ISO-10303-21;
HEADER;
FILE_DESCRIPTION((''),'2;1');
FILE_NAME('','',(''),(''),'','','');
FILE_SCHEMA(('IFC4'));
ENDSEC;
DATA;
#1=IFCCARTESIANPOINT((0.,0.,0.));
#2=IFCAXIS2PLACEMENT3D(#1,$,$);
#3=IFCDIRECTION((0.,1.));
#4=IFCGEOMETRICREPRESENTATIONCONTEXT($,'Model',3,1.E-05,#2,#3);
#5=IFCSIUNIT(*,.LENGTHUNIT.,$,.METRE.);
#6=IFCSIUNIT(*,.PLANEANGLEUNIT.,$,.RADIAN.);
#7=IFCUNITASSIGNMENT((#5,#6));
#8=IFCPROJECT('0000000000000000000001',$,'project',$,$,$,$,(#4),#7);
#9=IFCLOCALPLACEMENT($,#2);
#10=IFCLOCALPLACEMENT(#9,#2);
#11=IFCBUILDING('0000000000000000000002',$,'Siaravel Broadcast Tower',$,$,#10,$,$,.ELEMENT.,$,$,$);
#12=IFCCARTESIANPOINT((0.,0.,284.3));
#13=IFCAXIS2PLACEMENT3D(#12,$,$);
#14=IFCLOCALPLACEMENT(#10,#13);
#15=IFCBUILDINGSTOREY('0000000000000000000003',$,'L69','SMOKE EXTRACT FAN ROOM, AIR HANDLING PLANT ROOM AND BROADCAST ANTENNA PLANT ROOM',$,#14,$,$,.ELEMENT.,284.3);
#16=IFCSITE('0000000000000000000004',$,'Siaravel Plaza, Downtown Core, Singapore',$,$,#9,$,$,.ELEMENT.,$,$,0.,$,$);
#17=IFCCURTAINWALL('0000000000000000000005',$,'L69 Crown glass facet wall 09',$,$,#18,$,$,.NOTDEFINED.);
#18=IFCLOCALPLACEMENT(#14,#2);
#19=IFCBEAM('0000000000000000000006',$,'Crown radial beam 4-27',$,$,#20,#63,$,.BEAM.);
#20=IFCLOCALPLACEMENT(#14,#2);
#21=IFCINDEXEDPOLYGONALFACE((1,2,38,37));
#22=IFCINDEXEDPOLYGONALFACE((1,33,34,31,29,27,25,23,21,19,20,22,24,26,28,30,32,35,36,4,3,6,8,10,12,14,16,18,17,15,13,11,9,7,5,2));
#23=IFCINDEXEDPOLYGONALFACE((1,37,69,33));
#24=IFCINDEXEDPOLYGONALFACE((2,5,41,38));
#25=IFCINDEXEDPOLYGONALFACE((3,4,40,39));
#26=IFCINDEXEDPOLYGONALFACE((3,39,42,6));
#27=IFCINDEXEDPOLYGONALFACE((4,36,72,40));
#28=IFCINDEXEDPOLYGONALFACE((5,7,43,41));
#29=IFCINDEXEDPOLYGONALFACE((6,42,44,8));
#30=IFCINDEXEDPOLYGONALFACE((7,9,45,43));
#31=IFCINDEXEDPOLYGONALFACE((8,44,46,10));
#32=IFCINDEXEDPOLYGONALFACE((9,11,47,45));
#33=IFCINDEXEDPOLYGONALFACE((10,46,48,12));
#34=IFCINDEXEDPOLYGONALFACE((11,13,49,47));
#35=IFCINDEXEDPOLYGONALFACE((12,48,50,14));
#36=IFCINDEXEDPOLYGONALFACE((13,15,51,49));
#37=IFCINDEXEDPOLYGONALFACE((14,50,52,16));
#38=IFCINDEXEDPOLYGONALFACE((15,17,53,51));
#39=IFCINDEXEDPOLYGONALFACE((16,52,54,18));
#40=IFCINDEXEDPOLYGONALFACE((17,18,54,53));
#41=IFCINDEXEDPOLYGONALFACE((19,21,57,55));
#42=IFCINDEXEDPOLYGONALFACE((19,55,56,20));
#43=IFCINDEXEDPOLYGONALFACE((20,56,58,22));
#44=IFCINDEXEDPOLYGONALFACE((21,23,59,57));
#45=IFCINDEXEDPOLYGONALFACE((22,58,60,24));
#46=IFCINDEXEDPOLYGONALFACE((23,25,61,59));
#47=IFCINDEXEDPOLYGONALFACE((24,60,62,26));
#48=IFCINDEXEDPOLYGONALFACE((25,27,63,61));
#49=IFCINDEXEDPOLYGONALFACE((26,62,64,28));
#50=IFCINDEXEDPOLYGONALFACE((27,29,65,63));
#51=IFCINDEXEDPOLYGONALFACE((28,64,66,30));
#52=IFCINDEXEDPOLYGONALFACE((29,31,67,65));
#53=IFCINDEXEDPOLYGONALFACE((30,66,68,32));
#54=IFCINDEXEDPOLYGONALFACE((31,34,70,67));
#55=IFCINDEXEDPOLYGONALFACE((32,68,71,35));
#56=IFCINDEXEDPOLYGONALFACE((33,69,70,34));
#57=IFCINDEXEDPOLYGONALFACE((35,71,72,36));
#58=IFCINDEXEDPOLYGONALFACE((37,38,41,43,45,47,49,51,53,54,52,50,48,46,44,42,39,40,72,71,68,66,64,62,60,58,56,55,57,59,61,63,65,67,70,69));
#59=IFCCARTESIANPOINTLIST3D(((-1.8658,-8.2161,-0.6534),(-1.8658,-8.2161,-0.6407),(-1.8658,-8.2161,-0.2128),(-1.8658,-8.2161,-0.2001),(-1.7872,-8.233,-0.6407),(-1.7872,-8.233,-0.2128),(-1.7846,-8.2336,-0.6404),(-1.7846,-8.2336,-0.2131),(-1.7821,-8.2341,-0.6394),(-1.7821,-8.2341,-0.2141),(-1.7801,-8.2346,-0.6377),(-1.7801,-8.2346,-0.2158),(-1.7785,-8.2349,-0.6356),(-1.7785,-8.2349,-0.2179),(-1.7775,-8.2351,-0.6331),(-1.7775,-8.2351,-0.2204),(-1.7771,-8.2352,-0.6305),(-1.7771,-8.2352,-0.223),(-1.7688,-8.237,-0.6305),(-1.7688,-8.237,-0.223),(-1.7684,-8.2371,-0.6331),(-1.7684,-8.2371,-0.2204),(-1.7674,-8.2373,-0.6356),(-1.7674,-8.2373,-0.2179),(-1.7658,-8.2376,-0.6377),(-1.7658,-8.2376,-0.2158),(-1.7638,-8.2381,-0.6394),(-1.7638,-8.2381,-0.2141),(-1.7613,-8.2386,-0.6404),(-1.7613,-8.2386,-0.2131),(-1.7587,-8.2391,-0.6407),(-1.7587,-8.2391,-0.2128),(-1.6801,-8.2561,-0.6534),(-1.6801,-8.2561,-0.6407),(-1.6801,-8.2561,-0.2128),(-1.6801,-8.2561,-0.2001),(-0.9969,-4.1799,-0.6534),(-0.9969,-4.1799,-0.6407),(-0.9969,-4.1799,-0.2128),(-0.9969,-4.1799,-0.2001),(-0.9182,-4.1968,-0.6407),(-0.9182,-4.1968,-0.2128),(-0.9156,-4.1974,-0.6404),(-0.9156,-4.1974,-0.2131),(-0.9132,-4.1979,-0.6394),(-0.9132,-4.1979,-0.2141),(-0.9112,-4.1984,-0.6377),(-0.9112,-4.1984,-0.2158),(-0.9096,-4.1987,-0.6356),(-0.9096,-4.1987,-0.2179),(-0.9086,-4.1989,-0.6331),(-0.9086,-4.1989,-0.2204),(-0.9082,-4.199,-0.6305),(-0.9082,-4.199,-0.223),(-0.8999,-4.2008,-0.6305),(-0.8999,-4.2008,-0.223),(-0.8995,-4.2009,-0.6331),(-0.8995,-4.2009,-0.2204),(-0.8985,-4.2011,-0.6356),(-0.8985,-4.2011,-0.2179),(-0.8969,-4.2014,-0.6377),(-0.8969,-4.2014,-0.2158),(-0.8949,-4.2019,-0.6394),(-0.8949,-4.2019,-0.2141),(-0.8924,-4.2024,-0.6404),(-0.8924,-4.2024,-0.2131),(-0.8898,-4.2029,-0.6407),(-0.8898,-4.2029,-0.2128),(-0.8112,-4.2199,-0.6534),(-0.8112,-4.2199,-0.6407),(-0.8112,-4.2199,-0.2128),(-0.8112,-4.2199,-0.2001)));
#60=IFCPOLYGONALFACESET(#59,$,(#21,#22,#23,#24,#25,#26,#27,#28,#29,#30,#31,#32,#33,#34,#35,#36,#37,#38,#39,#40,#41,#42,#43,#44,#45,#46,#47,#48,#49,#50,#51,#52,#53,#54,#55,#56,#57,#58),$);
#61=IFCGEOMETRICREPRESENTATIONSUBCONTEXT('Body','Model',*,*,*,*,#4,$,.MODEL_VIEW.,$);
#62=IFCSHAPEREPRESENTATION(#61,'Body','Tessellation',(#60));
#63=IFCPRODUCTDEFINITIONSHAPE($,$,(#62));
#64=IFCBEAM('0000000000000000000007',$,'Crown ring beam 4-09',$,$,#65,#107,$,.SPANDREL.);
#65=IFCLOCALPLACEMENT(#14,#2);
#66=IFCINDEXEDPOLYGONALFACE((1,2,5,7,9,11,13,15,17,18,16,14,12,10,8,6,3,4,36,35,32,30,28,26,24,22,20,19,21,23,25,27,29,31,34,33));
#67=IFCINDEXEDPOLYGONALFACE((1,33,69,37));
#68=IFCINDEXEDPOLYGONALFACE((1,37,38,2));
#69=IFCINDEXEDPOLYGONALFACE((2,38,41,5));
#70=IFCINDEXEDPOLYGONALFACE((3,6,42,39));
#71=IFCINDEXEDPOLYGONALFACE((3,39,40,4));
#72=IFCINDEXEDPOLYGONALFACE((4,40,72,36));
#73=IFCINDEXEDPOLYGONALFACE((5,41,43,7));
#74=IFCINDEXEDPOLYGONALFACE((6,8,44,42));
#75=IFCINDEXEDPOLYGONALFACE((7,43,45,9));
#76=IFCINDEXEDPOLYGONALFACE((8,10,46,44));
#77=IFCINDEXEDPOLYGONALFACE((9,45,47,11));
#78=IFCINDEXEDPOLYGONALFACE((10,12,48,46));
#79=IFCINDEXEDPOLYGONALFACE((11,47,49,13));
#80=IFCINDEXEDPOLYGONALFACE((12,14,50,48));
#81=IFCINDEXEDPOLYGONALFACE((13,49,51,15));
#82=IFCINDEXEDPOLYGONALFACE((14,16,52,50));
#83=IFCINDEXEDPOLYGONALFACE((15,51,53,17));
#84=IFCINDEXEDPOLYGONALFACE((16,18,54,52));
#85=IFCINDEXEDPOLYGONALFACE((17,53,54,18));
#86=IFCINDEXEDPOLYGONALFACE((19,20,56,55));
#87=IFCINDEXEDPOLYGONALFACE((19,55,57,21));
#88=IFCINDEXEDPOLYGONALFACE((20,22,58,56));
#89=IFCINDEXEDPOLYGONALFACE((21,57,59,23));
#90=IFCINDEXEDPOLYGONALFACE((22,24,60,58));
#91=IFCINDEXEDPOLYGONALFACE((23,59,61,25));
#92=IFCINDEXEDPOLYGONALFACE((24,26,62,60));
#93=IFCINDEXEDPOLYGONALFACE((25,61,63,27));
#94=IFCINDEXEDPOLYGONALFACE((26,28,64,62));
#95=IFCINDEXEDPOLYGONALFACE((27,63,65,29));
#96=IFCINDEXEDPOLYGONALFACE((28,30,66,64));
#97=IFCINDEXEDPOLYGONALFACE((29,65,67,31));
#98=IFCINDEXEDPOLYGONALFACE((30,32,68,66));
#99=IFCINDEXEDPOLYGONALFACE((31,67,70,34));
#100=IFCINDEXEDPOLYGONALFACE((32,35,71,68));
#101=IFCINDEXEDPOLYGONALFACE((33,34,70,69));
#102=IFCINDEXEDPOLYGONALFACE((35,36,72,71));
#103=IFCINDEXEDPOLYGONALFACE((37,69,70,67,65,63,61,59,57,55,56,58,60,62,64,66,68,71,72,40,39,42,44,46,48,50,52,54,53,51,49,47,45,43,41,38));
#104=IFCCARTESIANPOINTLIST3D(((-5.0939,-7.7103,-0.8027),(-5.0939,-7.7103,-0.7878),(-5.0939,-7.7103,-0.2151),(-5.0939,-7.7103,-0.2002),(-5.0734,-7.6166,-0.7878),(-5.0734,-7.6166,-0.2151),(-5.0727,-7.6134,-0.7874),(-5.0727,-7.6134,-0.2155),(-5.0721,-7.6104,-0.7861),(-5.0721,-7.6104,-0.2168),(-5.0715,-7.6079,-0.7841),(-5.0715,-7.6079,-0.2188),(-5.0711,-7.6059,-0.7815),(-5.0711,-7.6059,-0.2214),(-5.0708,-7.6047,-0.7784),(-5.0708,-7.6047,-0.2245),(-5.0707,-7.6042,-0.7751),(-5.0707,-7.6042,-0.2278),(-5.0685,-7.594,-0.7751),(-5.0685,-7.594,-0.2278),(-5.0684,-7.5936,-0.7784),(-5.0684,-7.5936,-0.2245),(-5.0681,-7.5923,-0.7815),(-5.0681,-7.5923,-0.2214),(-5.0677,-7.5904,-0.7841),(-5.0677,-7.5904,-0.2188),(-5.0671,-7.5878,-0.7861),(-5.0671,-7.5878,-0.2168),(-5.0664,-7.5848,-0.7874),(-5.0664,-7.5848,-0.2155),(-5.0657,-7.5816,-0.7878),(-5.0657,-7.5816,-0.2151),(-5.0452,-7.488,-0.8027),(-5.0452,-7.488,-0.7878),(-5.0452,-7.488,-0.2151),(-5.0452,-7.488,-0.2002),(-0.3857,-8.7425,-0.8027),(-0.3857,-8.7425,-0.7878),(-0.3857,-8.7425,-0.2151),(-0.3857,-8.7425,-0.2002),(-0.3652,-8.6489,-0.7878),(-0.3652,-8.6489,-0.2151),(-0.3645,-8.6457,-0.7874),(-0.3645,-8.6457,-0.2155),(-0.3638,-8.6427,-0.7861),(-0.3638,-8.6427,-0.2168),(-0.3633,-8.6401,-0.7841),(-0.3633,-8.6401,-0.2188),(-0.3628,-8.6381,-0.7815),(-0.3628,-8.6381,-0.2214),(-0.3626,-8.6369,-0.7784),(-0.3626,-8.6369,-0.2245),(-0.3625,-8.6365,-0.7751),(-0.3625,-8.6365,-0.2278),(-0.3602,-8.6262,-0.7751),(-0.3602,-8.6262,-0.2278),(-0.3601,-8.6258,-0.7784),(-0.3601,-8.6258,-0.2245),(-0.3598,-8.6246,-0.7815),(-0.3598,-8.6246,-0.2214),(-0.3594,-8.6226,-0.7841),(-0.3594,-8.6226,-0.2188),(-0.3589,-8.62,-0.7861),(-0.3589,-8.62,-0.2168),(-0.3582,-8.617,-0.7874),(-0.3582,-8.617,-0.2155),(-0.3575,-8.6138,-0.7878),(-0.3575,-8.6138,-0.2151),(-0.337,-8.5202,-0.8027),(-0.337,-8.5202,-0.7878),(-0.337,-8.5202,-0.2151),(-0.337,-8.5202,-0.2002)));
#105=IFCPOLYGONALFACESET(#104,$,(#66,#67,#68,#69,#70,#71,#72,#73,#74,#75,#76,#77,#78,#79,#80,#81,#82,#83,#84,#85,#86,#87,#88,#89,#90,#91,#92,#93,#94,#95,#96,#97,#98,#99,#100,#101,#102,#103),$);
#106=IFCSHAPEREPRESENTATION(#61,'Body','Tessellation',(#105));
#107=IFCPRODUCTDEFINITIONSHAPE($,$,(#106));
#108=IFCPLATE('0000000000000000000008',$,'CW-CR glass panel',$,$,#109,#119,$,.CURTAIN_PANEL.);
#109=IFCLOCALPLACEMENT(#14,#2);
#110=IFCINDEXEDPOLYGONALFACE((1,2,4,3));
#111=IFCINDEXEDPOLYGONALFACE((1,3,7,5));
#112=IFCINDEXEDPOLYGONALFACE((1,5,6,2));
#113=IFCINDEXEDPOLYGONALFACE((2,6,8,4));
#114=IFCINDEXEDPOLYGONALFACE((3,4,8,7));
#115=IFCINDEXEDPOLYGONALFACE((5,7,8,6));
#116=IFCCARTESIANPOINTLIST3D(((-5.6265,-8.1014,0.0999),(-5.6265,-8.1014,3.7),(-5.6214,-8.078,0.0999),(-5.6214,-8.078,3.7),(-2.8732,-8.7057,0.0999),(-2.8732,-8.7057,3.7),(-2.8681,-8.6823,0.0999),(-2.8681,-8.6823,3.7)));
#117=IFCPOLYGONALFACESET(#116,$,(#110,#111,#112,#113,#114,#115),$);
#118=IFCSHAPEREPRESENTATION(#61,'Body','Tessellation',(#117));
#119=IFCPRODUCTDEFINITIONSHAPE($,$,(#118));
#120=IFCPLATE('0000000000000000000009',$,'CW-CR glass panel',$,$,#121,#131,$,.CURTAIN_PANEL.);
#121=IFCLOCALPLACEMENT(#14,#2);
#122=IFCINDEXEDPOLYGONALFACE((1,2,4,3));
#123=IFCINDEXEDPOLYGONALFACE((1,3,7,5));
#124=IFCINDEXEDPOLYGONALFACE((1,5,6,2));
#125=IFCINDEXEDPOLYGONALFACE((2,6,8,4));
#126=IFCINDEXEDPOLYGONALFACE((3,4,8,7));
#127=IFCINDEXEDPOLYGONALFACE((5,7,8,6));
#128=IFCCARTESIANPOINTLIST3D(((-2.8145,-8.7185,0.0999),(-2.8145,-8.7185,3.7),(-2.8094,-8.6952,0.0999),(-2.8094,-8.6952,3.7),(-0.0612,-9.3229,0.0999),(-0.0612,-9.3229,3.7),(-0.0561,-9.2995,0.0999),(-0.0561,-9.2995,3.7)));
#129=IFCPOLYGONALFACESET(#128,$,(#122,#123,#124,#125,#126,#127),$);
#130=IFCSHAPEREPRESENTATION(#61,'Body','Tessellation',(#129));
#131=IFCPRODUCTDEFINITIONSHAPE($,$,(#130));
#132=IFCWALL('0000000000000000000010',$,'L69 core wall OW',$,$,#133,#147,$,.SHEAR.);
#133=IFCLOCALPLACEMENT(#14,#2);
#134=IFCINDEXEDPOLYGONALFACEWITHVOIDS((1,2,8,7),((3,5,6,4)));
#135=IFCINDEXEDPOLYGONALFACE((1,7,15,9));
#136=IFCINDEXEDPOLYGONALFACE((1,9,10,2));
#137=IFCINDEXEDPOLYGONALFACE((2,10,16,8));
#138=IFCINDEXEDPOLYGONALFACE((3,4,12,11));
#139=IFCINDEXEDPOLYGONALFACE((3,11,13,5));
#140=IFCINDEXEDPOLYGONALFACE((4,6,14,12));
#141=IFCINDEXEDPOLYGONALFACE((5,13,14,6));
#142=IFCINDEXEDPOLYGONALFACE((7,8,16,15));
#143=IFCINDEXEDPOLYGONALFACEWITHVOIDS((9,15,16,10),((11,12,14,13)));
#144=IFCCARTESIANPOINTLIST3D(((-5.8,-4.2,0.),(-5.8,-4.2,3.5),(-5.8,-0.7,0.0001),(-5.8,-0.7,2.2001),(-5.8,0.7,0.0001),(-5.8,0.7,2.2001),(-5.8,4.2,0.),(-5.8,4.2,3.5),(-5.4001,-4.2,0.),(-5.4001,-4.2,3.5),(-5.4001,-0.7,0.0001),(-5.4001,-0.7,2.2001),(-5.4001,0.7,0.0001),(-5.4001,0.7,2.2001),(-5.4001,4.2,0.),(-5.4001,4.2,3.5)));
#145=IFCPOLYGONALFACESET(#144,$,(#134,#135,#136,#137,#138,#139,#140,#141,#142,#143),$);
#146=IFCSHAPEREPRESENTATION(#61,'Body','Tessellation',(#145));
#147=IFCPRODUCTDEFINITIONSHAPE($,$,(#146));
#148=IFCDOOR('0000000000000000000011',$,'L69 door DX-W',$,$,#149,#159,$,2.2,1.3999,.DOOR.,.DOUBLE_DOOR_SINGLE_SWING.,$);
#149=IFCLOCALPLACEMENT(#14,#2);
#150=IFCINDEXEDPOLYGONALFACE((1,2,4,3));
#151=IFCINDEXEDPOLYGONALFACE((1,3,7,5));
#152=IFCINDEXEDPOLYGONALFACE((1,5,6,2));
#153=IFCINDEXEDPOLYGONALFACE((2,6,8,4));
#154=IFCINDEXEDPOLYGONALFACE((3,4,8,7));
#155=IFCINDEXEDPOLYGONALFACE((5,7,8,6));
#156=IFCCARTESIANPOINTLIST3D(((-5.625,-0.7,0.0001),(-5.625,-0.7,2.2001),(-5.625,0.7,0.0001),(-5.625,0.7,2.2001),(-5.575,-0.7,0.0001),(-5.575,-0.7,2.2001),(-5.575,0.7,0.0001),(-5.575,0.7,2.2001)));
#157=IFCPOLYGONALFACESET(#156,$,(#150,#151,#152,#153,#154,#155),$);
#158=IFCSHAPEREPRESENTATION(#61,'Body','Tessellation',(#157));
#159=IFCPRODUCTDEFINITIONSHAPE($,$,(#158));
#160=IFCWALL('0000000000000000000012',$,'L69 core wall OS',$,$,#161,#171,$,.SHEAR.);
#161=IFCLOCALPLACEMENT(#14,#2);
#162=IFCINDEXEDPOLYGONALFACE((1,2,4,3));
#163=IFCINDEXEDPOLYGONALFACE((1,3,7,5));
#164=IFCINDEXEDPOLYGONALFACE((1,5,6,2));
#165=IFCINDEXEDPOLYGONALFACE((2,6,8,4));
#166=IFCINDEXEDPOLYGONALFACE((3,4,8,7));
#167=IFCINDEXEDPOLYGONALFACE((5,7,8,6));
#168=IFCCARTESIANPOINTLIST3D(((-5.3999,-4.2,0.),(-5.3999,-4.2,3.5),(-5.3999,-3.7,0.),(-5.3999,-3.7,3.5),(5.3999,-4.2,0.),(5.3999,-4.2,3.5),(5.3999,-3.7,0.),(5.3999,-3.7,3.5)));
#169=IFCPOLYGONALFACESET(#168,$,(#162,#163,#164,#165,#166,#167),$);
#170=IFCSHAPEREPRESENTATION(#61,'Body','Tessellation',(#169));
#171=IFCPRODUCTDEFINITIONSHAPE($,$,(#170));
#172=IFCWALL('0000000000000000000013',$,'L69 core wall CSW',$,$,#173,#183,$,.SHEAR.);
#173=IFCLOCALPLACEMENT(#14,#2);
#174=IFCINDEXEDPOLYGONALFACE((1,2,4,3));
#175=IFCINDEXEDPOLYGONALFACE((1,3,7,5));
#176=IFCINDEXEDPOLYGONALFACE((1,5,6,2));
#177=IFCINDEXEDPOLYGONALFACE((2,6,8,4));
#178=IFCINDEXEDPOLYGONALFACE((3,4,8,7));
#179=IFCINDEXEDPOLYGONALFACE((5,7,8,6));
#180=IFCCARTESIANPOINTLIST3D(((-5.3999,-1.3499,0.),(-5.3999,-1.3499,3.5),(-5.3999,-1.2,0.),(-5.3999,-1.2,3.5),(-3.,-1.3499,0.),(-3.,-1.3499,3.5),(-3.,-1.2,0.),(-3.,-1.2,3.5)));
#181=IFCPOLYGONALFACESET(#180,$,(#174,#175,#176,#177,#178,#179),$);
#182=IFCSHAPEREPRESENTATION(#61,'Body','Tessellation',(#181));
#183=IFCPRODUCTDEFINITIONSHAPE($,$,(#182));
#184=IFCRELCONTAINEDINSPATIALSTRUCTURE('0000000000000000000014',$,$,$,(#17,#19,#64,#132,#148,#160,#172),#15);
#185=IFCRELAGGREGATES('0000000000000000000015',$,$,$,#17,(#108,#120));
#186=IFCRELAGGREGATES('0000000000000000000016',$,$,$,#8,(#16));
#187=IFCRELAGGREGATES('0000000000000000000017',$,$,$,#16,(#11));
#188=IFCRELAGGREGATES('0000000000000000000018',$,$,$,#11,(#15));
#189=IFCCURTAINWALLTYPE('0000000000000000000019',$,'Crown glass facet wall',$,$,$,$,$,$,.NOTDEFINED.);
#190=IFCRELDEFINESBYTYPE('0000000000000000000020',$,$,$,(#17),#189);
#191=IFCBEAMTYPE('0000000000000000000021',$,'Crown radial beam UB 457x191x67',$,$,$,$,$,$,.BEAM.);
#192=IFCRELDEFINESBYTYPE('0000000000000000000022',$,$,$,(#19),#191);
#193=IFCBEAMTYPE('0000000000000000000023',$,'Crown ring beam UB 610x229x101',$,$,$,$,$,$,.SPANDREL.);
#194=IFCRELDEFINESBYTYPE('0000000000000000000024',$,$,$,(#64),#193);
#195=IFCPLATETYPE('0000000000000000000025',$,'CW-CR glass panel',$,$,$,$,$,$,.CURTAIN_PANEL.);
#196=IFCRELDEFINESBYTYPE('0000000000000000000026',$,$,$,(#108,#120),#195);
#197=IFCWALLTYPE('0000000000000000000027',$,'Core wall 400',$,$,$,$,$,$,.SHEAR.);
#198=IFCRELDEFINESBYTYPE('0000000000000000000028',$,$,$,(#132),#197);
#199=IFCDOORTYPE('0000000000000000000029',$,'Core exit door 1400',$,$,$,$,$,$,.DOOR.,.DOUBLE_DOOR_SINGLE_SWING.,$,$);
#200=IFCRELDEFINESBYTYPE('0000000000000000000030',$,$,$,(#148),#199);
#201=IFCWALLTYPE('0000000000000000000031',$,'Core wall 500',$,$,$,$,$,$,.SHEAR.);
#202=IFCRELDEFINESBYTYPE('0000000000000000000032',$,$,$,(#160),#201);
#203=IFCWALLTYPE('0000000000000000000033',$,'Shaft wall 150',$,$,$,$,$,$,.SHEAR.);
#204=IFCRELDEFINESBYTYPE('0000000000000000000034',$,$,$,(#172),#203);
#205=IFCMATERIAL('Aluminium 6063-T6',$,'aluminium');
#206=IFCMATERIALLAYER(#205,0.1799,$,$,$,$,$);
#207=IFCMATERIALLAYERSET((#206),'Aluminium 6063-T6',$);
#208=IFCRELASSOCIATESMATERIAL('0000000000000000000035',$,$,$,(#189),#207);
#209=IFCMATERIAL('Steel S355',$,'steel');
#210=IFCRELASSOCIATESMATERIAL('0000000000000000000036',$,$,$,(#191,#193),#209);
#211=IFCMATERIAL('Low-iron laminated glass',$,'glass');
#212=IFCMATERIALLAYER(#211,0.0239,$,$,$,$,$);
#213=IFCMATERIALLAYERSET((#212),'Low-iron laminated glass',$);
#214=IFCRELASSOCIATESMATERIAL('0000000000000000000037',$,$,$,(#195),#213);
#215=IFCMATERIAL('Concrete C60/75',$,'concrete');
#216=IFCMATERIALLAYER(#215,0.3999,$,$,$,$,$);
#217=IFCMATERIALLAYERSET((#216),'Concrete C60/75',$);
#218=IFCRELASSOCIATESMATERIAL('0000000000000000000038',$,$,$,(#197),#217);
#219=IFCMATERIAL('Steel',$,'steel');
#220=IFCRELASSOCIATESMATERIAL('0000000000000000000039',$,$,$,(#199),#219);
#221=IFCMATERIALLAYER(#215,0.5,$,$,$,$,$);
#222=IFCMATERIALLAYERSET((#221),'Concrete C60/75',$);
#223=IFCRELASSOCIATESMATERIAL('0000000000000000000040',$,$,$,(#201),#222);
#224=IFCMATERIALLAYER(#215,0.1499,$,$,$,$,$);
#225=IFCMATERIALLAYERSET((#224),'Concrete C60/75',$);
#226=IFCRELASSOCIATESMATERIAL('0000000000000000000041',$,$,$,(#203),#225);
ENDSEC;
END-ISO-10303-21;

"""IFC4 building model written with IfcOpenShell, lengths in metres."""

from ifc_helpers import new_model, si_unit, direction, frame, frame_2d, origin, origin_2d, place, context, subcontext, project, spatial, rectangle, i_section, extrude, material, layer, layer_set, material_profile, profile_set, type_object, element, fill, aggregate, save


model = new_model("IFC4")

# Units and contexts
model_context = context("Model", 3, precision=1e-05, world=origin(), true_north=direction((0.0, 1.0)))
body_context = subcontext(model_context, "Body", "Model", "MODEL_VIEW")
ifc_project = project(units=[si_unit("LENGTHUNIT", "METRE"), si_unit("PLANEANGLEUNIT", "RADIAN")], contexts=[model_context])

# Site, building, storey
site_placement = place(None, origin())
site = spatial("IfcSite", under=ifc_project, at=site_placement, Name="Siaravel Plaza, Downtown Core, Singapore", CompositionType="ELEMENT", RefElevation=0.0)
building_placement = place(site_placement, origin())
building = spatial("IfcBuilding", under=site, at=building_placement, Name="Siaravel Broadcast Tower", CompositionType="ELEMENT")
storey_placement = place(building_placement, frame((0.0, 0.0, 284.3)))
storey = spatial("IfcBuildingStorey", under=building, at=storey_placement, Name="L69", Description="SMOKE EXTRACT FAN ROOM, AIR HANDLING PLANT ROOM AND BROADCAST ANTENNA PLANT ROOM", CompositionType="ELEMENT", Elevation=284.3)

# Curtain wall
ifc_material_1 = material(Name="Aluminium 6063-T6", Category="aluminium")
ifc_layer_1 = layer(ifc_material_1, 0.1799)
ifc_layer_set_1 = layer_set([ifc_layer_1], Name="Aluminium 6063-T6")
curtain_wall_type = type_object("IfcCurtainWallType", Name="Crown glass facet wall", PredefinedType="NOTDEFINED", material=ifc_layer_set_1)
curtain_wall_placement = place(storey_placement, origin())
curtain_wall = element("IfcCurtainWall", 1, at=curtain_wall_placement, inside=storey, type_object=curtain_wall_type, Name="L69 Crown glass facet wall 09", PredefinedType="NOTDEFINED")

# Beams
ifc_material_2 = material(Name="Steel S355", Category="steel")
ifc_material_profile_1 = material_profile(ifc_material_2, i_section(OverallWidth=0.1899, OverallDepth=0.4534, WebThickness=0.0085, FlangeThickness=0.0127, FilletRadius=0.0103, at=origin_2d()))
ifc_profile_set_1 = profile_set([ifc_material_profile_1], Name="Steel S355")
beam_type_1 = type_object("IfcBeamType", Name="Crown radial beam UB 457x191x67", PredefinedType="BEAM", material=ifc_profile_set_1)
beam_1_placement = place(storey_placement, frame((-1.7729, -8.2361, -0.4268), z_axis=(0.210458, 0.977603, 0.0), x_axis=(-0.977603, 0.210458, 0.0)))
element("IfcBeam", 2, at=beam_1_placement, inside=storey, type_object=beam_type_1, Name="Crown radial beam 4-27", PredefinedType="BEAM", context=body_context, shape_type="SweptSolid", body=[
    extrude(i_section(OverallWidth=0.1899, OverallDepth=0.4534, WebThickness=0.0085, FlangeThickness=0.0127, FilletRadius=0.0103, at=origin_2d()), origin(), (0.0, 0.0, 1.0), 4.1287),
])
ifc_material_profile_2 = material_profile(ifc_material_2, i_section(OverallWidth=0.2275, OverallDepth=0.6025, WebThickness=0.0105, FlangeThickness=0.0149, FilletRadius=0.0127, at=origin_2d()))
ifc_profile_set_2 = profile_set([ifc_material_profile_2], Name="Steel S355")
beam_type_2 = type_object("IfcBeamType", Name="Crown ring beam UB 610x229x101", PredefinedType="SPANDREL", material=ifc_profile_set_2)
beam_2_placement = place(storey_placement, frame((-5.0696, -7.5991, -0.5015), z_axis=(0.9768, -0.214152, 0.0), x_axis=(0.214152, 0.9768, 0.0)))
element("IfcBeam", 3, at=beam_2_placement, inside=storey, type_object=beam_type_2, Name="Crown ring beam 4-09", PredefinedType="SPANDREL", context=body_context, shape_type="SweptSolid", body=[
    extrude(i_section(OverallWidth=0.2275, OverallDepth=0.6025, WebThickness=0.0105, FlangeThickness=0.0149, FilletRadius=0.0127, at=origin_2d()), origin(), (0.0, 0.0, 1.0), 4.8201),
])

# Plates
ifc_material_3 = material(Name="Low-iron laminated glass", Category="glass")
ifc_layer_2 = layer(ifc_material_3, 0.0239)
ifc_layer_set_2 = layer_set([ifc_layer_2], Name="Low-iron laminated glass")
plate_type = type_object("IfcPlateType", Name="CW-CR glass panel", PredefinedType="CURTAIN_PANEL", material=ifc_layer_set_2)
plate_1_placement = place(storey_placement, frame((-4.2473, -8.3918, 0.0999), z_axis=(0.0, 0.0, 1.0), x_axis=(0.976747, -0.214396, 0.0)))
plate_1 = element("IfcPlate", 4, at=plate_1_placement, type_object=plate_type, Name="CW-CR glass panel", PredefinedType="CURTAIN_PANEL", context=body_context, shape_type="SweptSolid", body=[
    extrude(rectangle(XDim=2.8188, YDim=0.0239, at=origin_2d()), origin(), (0.0, 0.0, 1.0), 3.6001),
])
plate_2_placement = place(storey_placement, frame((-1.4353, -9.009, 0.0999), z_axis=(0.0, 0.0, 1.0), x_axis=(0.976747, -0.214396, 0.0)))
plate_2 = element("IfcPlate", 5, at=plate_2_placement, type_object=plate_type, Name="CW-CR glass panel", PredefinedType="CURTAIN_PANEL", context=body_context, shape_type="SweptSolid", body=[
    extrude(rectangle(XDim=2.8188, YDim=0.0239, at=origin_2d()), origin(), (0.0, 0.0, 1.0), 3.6001),
])
aggregate(curtain_wall, [plate_1, plate_2])

# Wall, opening, door
ifc_material_4 = material(Name="Concrete C60/75", Category="concrete")
ifc_layer_3 = layer(ifc_material_4, 0.3999)
ifc_layer_set_3 = layer_set([ifc_layer_3], Name="Concrete C60/75")
wall_type_1 = type_object("IfcWallType", Name="Core wall 400", PredefinedType="SHEAR", material=ifc_layer_set_3)
wall_1_placement = place(storey_placement, frame((-5.6001, -4.2, 0.0), z_axis=(0.0, 0.0, 1.0), x_axis=(0.0, 1.0, 0.0)))
wall_1 = element("IfcWall", 6, at=wall_1_placement, inside=storey, type_object=wall_type_1, Name="L69 core wall OW", PredefinedType="SHEAR", context=body_context, shape_type="SweptSolid", body=[
    extrude(rectangle(XDim=8.3999, YDim=0.3999, at=frame_2d((4.2, 0.0))), origin(), (0.0, 0.0, 1.0), 3.5),
])
opening_1_placement = place(wall_1_placement, frame((3.5, 0.0, 0.0)))
opening_1 = element("IfcOpeningElement", 7, at=opening_1_placement, cuts=wall_1, PredefinedType="OPENING", context=body_context, shape_type="SweptSolid", body=[
    extrude(rectangle(XDim=1.3999, YDim=2.2, at=frame_2d((0.7, 1.1001))), frame((0.0, 0.21, 0.0), z_axis=(0.0, -1.0, 0.0), x_axis=(1.0, 0.0, 0.0)), (0.0, 0.0, 1.0), 0.4199),
])
ifc_material_5 = material(Name="Steel", Category="steel")
door_type_1 = type_object("IfcDoorType", Name="Core exit door 1400", OperationType="DOUBLE_DOOR_SINGLE_SWING", PredefinedType="DOOR", material=ifc_material_5)
door_1_placement = place(opening_1_placement, origin())
door_1 = element("IfcDoor", 8, at=door_1_placement, inside=storey, type_object=door_type_1, Name="L69 door DX-W", OperationType="DOUBLE_DOOR_SINGLE_SWING", OverallHeight=2.2, OverallWidth=1.3999, PredefinedType="DOOR", context=body_context, shape_type="SweptSolid", body=[
    extrude(rectangle(XDim=1.3999, YDim=2.2, at=frame_2d((0.7, 1.1001))), frame((0.0, 0.0249, 0.0), z_axis=(0.0, -1.0, 0.0), x_axis=(1.0, 0.0, 0.0)), (0.0, 0.0, 1.0), 0.05),
])
fill(opening_1, door_1)

# Walls
ifc_layer_4 = layer(ifc_material_4, 0.5)
ifc_layer_set_4 = layer_set([ifc_layer_4], Name="Concrete C60/75")
wall_type_2 = type_object("IfcWallType", Name="Core wall 500", PredefinedType="SHEAR", material=ifc_layer_set_4)
wall_2_placement = place(storey_placement, frame((-5.3999, -3.95, 0.0), z_axis=(0.0, 0.0, 1.0), x_axis=(1.0, 0.0, 0.0)))
element("IfcWall", 9, at=wall_2_placement, inside=storey, type_object=wall_type_2, Name="L69 core wall OS", PredefinedType="SHEAR", context=body_context, shape_type="SweptSolid", body=[
    extrude(rectangle(XDim=10.7998, YDim=0.5, at=frame_2d((5.3999, 0.0))), origin(), (0.0, 0.0, 1.0), 3.5),
])
ifc_layer_5 = layer(ifc_material_4, 0.1499)
ifc_layer_set_5 = layer_set([ifc_layer_5], Name="Concrete C60/75")
wall_type_3 = type_object("IfcWallType", Name="Shaft wall 150", PredefinedType="SHEAR", material=ifc_layer_set_5)
wall_3_placement = place(storey_placement, frame((-5.3999, -1.2749, 0.0), z_axis=(0.0, 0.0, 1.0), x_axis=(1.0, 0.0, 0.0)))
element("IfcWall", 10, at=wall_3_placement, inside=storey, type_object=wall_type_3, Name="L69 core wall CSW", PredefinedType="SHEAR", context=body_context, shape_type="SweptSolid", body=[
    extrude(rectangle(XDim=2.3999, YDim=0.1499, at=frame_2d((1.2, 0.0))), origin(), (0.0, 0.0, 1.0), 3.5),
])

save(model, "model.ifc")
